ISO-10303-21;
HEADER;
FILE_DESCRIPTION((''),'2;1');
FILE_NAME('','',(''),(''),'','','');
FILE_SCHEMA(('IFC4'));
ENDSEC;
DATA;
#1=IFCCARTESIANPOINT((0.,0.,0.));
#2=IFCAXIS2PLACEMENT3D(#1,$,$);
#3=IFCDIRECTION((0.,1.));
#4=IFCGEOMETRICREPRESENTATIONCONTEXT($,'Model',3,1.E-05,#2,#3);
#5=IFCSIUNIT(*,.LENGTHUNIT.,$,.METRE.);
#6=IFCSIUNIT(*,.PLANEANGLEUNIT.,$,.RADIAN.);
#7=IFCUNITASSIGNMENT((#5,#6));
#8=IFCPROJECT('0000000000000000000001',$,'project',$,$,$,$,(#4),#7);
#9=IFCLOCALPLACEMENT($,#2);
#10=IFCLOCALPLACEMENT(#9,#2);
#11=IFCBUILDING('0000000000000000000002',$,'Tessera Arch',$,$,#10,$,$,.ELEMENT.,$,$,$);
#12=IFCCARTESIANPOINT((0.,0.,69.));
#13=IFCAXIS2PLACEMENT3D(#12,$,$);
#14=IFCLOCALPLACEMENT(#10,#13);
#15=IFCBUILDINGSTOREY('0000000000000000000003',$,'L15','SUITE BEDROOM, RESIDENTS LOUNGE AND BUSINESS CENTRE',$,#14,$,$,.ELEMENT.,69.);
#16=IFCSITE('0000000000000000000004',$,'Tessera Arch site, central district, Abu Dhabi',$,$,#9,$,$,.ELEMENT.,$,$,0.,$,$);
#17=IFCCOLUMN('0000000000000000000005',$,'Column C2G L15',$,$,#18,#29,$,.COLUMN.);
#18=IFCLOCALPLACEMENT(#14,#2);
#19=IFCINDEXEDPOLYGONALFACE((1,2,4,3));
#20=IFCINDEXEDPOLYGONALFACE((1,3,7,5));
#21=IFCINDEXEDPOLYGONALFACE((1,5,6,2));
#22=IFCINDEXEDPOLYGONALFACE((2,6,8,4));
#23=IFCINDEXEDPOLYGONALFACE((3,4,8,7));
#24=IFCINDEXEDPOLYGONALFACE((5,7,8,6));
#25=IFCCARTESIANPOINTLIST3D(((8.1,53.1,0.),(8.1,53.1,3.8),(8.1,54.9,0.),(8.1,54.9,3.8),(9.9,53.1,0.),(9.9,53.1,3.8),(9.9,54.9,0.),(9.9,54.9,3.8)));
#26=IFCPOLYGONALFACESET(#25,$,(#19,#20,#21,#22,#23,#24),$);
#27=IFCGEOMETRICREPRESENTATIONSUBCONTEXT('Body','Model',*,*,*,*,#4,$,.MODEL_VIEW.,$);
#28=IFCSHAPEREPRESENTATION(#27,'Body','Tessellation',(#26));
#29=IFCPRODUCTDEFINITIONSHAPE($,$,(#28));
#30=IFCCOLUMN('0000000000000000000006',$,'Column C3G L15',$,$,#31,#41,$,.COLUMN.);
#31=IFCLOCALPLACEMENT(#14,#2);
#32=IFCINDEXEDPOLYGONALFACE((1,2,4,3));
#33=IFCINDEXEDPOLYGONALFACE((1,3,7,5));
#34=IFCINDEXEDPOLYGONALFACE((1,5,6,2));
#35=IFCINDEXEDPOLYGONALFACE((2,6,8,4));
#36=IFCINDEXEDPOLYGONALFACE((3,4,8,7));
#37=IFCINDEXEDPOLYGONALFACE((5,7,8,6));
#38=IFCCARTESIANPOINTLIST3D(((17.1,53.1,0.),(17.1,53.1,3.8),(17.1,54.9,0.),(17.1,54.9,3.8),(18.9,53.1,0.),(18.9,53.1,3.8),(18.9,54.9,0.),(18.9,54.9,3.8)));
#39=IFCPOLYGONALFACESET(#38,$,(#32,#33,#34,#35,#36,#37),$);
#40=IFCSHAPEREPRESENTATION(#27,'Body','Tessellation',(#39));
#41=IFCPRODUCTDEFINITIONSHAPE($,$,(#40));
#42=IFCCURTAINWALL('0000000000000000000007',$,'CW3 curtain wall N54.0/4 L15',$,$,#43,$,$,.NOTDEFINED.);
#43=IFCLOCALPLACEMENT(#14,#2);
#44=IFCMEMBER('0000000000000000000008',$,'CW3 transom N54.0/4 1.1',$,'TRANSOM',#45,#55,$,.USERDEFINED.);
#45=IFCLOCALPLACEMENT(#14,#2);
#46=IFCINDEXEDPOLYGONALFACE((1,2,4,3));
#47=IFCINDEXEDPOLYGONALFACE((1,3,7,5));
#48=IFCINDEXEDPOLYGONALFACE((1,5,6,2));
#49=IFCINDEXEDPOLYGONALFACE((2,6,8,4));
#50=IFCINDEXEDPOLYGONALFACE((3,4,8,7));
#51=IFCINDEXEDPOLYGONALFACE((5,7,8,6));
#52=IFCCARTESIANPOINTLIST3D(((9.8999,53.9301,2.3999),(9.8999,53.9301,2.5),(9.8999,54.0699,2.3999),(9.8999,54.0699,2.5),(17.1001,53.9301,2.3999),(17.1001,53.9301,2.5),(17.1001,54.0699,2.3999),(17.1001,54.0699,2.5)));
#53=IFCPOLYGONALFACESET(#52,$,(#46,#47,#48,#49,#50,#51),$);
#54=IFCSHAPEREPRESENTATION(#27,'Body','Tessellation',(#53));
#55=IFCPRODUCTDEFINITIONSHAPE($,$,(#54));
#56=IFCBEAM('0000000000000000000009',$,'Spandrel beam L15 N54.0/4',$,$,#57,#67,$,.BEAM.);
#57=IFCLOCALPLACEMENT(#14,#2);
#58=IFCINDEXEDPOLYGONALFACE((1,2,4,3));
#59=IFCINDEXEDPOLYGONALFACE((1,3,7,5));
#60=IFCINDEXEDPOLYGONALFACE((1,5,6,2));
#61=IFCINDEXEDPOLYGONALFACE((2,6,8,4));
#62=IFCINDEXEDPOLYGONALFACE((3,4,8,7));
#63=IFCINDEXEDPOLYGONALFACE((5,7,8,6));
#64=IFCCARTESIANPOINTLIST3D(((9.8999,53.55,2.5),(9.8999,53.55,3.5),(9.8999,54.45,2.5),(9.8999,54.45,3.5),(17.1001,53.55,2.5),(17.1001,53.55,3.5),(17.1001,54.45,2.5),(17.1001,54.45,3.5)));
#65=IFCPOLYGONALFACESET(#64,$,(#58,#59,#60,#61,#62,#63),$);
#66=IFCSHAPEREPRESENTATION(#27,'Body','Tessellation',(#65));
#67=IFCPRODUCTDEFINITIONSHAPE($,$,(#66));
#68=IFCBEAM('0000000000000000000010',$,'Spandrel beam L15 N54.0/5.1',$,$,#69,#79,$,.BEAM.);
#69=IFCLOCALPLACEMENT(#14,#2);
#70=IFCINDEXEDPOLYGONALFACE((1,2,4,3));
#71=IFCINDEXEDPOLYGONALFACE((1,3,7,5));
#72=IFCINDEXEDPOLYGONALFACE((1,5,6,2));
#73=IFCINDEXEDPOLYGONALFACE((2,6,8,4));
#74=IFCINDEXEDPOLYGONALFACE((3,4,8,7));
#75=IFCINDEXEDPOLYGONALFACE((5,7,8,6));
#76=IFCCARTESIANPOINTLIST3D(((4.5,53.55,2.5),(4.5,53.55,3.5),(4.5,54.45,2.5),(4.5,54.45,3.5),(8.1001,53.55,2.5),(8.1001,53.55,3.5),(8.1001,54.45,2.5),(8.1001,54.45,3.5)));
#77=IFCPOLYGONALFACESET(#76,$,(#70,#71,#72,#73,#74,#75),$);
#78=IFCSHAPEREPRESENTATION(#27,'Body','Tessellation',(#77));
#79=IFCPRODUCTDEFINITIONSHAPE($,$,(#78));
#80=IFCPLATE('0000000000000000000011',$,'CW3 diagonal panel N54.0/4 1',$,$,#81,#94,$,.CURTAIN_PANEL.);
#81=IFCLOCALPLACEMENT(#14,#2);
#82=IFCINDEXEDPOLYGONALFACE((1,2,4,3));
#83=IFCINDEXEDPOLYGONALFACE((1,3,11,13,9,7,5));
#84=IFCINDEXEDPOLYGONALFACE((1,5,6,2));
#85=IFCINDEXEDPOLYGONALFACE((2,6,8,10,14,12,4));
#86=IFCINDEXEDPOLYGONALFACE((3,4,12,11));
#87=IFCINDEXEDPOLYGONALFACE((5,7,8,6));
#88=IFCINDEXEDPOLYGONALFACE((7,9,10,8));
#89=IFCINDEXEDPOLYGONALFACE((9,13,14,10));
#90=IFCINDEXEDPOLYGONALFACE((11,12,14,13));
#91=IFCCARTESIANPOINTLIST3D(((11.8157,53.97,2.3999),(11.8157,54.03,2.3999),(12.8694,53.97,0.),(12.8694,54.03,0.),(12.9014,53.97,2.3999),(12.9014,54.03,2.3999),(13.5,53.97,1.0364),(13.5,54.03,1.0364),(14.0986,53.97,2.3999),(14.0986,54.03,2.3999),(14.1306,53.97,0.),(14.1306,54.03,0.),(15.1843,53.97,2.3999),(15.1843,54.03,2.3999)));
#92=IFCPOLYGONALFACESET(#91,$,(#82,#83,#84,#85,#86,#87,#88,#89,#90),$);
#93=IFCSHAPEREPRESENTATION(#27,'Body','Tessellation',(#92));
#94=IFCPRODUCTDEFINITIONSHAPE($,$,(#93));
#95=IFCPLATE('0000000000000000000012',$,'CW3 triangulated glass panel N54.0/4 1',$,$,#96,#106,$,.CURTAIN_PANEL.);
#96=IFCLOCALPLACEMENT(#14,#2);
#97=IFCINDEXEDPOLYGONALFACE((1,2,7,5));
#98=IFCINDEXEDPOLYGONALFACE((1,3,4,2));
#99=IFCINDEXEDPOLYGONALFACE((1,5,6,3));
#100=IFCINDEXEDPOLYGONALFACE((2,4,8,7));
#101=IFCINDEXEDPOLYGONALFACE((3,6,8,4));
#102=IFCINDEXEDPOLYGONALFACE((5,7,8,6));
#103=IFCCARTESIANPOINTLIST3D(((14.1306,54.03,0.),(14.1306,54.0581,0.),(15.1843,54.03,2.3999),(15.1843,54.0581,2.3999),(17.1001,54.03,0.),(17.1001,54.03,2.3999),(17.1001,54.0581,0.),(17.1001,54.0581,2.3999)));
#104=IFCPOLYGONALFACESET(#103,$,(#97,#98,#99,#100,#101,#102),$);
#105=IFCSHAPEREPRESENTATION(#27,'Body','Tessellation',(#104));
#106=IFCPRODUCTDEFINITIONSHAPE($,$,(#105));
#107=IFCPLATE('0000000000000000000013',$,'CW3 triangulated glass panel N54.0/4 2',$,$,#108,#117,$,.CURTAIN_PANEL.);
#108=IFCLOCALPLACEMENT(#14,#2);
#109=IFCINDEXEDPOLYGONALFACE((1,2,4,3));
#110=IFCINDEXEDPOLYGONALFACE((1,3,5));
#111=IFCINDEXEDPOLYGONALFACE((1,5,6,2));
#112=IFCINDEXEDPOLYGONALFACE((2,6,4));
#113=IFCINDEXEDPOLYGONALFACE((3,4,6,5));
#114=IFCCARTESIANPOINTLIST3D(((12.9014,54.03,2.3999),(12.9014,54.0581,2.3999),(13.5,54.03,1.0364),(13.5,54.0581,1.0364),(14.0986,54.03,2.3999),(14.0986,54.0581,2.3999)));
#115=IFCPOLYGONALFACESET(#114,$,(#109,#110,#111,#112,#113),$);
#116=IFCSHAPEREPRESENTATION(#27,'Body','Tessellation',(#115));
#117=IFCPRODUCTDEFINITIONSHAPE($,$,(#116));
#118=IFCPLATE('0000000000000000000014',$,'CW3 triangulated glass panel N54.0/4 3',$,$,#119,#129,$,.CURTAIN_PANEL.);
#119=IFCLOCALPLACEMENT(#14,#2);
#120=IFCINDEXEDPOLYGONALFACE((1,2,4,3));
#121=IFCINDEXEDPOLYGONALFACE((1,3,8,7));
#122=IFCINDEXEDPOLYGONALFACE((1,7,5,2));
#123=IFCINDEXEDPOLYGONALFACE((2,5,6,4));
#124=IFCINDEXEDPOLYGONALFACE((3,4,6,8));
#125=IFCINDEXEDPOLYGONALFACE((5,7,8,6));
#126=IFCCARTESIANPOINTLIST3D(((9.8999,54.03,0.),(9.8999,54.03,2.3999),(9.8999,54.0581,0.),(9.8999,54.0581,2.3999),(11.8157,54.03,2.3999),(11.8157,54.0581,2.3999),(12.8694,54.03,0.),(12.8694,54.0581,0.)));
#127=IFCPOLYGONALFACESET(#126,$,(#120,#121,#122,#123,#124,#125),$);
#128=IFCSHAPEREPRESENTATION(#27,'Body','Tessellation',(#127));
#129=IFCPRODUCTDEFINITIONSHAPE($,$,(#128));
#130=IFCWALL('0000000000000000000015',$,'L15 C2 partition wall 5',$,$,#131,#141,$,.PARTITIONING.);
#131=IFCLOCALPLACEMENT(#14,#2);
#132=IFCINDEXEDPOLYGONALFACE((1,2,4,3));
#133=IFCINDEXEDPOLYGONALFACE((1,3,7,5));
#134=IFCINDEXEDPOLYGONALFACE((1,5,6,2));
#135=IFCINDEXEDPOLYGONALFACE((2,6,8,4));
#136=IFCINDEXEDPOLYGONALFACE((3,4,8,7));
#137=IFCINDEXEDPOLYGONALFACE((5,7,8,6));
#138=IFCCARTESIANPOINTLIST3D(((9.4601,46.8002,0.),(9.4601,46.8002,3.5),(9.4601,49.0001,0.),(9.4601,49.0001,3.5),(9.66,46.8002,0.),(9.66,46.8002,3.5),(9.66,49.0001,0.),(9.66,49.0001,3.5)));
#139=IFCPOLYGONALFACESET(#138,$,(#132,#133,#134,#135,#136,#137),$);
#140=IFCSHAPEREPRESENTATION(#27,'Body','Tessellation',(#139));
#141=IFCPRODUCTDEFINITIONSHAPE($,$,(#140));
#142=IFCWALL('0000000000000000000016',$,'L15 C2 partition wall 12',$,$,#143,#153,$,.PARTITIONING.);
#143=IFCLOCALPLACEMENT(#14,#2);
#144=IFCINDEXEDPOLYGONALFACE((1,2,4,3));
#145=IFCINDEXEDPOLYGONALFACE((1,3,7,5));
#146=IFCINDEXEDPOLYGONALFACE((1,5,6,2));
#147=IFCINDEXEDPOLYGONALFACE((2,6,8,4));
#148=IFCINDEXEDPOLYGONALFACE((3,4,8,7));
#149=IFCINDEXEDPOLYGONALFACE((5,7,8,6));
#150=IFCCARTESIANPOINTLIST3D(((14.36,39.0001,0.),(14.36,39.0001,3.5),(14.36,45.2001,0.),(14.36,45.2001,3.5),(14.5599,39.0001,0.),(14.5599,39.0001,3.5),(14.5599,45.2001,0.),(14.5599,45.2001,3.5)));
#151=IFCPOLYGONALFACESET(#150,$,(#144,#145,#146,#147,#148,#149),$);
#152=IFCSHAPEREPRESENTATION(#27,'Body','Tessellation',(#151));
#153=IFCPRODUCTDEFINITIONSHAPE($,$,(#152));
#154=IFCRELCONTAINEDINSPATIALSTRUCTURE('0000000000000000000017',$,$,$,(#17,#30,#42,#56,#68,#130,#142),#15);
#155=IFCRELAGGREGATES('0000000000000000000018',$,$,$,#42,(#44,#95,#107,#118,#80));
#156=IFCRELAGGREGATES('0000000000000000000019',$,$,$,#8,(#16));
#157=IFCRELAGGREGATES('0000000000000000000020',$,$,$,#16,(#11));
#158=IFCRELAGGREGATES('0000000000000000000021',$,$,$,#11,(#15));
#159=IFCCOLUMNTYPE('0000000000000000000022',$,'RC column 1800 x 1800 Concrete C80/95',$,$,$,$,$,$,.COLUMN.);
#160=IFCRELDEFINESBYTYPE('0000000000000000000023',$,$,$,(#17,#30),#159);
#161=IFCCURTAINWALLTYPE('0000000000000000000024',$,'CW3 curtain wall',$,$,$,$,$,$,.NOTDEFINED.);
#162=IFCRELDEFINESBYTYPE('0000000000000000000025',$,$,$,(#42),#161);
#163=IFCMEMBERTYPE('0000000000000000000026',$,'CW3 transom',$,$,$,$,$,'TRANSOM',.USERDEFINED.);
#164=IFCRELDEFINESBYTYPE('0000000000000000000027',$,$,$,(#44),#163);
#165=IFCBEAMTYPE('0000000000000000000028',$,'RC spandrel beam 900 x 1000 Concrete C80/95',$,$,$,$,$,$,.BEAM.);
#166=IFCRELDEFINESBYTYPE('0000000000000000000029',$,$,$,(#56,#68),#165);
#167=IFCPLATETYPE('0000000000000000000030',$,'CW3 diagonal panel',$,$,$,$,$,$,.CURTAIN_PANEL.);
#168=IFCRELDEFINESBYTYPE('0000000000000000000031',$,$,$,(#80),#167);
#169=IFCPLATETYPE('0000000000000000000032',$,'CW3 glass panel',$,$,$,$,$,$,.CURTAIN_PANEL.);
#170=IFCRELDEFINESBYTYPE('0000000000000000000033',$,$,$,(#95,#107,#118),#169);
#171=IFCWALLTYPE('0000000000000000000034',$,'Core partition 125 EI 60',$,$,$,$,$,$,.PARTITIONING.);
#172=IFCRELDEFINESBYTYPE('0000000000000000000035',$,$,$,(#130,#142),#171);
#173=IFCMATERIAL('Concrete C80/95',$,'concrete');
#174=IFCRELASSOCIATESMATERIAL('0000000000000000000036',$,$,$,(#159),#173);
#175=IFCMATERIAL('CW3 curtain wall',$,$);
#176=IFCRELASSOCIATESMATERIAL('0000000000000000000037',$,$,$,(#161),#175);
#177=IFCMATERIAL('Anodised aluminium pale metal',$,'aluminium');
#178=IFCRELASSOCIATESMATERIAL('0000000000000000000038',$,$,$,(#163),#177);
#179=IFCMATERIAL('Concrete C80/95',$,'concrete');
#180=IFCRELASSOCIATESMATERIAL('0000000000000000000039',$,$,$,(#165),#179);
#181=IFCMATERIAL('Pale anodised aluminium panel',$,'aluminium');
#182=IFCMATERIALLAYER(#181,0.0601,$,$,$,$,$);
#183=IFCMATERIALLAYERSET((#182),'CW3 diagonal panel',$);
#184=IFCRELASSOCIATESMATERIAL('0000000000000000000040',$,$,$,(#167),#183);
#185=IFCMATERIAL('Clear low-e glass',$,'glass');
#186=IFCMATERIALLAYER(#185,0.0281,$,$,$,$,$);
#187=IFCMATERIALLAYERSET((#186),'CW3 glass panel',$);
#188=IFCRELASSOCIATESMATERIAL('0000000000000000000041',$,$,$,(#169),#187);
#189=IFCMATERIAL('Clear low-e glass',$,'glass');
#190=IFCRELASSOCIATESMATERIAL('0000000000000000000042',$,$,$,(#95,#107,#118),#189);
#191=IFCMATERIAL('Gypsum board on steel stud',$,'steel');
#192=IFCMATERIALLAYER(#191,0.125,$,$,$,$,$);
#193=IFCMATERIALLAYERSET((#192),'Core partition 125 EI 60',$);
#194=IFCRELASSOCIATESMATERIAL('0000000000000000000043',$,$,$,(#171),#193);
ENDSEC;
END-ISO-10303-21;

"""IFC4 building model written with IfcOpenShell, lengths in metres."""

from ifc_helpers import new_model, si_unit, direction, frame, frame_2d, origin, origin_2d, place, context, subcontext, project, spatial, polyline, rectangle, outline, extrude, material, layer, layer_set, material_profile, profile_set, type_object, element, aggregate, save


model = new_model("IFC4")

# Units and contexts
model_context = context("Model", 3, precision=1e-05, world=origin(), true_north=direction((0.0, 1.0)))
body_context = subcontext(model_context, "Body", "Model", "MODEL_VIEW")
ifc_project = project(units=[si_unit("LENGTHUNIT", "METRE"), si_unit("PLANEANGLEUNIT", "RADIAN")], contexts=[model_context])

# Site, building, storey
site_placement = place(None, origin())
site = spatial("IfcSite", under=ifc_project, at=site_placement, Name="Tessera Arch site, central district, Abu Dhabi", CompositionType="ELEMENT", RefElevation=0.0)
building_placement = place(site_placement, origin())
building = spatial("IfcBuilding", under=site, at=building_placement, Name="Tessera Arch", CompositionType="ELEMENT")
storey_placement = place(building_placement, frame((0.0, 0.0, 69.0)))
storey = spatial("IfcBuildingStorey", under=building, at=storey_placement, Name="L15", Description="SUITE BEDROOM, RESIDENTS LOUNGE AND BUSINESS CENTRE", CompositionType="ELEMENT", Elevation=69.0)

# Columns
ifc_material_1 = material(Name="Concrete C80/95", Category="concrete")
ifc_material_profile_1 = material_profile(ifc_material_1, rectangle(XDim=1.8, YDim=1.8, at=origin_2d()), Name="RC column 1800 x 1800 Concrete C80/95")
ifc_profile_set_1 = profile_set([ifc_material_profile_1], Name="Concrete C80/95")
column_type = type_object("IfcColumnType", Name="RC column 1800 x 1800 Concrete C80/95", PredefinedType="COLUMN", material=ifc_profile_set_1)
for number, where, z_axis, x_axis, name in (
    (1, (9.0, 54.0, 0.0), (0.0, 0.0, 1.0), (1.0, 0.0, 0.0), "Column C2G L15"),
    (2, (18.0, 54.0, 0.0), (0.0, 0.0, 1.0), (1.0, 0.0, 0.0), "Column C3G L15"),
):
    element("IfcColumn", number, at=place(storey_placement, frame(where, z_axis=z_axis, x_axis=x_axis)), inside=storey, type_object=column_type, Name=name, PredefinedType="COLUMN", context=body_context, shape_type="SweptSolid", body=[
        extrude(rectangle(XDim=1.8, YDim=1.8, at=origin_2d()), origin(), (0.0, 0.0, 1.0), 3.8),
    ])

# Curtain wall, member
ifc_material_2 = material(Name="CW3 curtain wall")
curtain_wall_type = type_object("IfcCurtainWallType", Name="CW3 curtain wall", PredefinedType="NOTDEFINED", material=ifc_material_2)
curtain_wall_placement = place(storey_placement, origin())
curtain_wall = element("IfcCurtainWall", 3, at=curtain_wall_placement, inside=storey, type_object=curtain_wall_type, Name="CW3 curtain wall N54.0/4 L15", PredefinedType="NOTDEFINED")
ifc_material_3 = material(Name="Anodised aluminium pale metal", Category="aluminium")
ifc_material_profile_2 = material_profile(ifc_material_3, rectangle(XDim=0.1399, YDim=0.1001, at=origin_2d()), Name="AL 140x100")
ifc_profile_set_2 = profile_set([ifc_material_profile_2], Name="Anodised aluminium pale metal")
member_type = type_object("IfcMemberType", Name="CW3 transom", ElementType="TRANSOM", PredefinedType="USERDEFINED", material=ifc_profile_set_2)
member_placement = place(storey_placement, frame((17.1001, 54.0, 2.45), z_axis=(-1.0, 0.0, 0.0), x_axis=(0.0, -1.0, 0.0)))
member = element("IfcMember", 4, at=member_placement, type_object=member_type, Name="CW3 transom N54.0/4 1.1", ObjectType="TRANSOM", PredefinedType="USERDEFINED", context=body_context, shape_type="SweptSolid", body=[
    extrude(rectangle(XDim=0.1399, YDim=0.1001, at=origin_2d()), origin(), (0.0, 0.0, 1.0), 7.2002),
])

# Beams
ifc_material_4 = material(Name="Concrete C80/95", Category="concrete")
ifc_material_profile_3 = material_profile(ifc_material_4, rectangle(XDim=0.8999, YDim=1.0, at=origin_2d()), Name="RC spandrel beam 900 x 1000 Concrete C80/95")
ifc_profile_set_3 = profile_set([ifc_material_profile_3], Name="Concrete C80/95")
beam_type = type_object("IfcBeamType", Name="RC spandrel beam 900 x 1000 Concrete C80/95", PredefinedType="BEAM", material=ifc_profile_set_3)
beam_1_placement = place(storey_placement, frame((17.1001, 54.0, 3.0), z_axis=(-1.0, 0.0, 0.0), x_axis=(0.0, -1.0, 0.0)))
element("IfcBeam", 5, at=beam_1_placement, inside=storey, type_object=beam_type, Name="Spandrel beam L15 N54.0/4", PredefinedType="BEAM", context=body_context, shape_type="SweptSolid", body=[
    extrude(rectangle(XDim=0.8999, YDim=1.0, at=origin_2d()), origin(), (0.0, 0.0, 1.0), 7.2002),
])
beam_2_placement = place(storey_placement, frame((8.1001, 54.0, 3.0), z_axis=(-1.0, 0.0, 0.0), x_axis=(0.0, -1.0, 0.0)))
element("IfcBeam", 6, at=beam_2_placement, inside=storey, type_object=beam_type, Name="Spandrel beam L15 N54.0/5.1", PredefinedType="BEAM", context=body_context, shape_type="SweptSolid", body=[
    extrude(rectangle(XDim=0.8999, YDim=1.0, at=origin_2d()), origin(), (0.0, 0.0, 1.0), 3.6001),
])

# Plates
ifc_material_5 = material(Name="Pale anodised aluminium panel", Category="aluminium")
ifc_layer_1 = layer(ifc_material_5, 0.0601)
ifc_layer_set_1 = layer_set([ifc_layer_1], Name="CW3 diagonal panel")
plate_type_1 = type_object("IfcPlateType", Name="CW3 diagonal panel", PredefinedType="CURTAIN_PANEL", material=ifc_layer_set_1)
plate_1_placement = place(storey_placement, frame((11.8157, 54.03, 2.3999), z_axis=(0.0, 1.0, 0.0), x_axis=(1.0, 0.0, 0.0)))
plate_1 = element("IfcPlate", 7, at=plate_1_placement, type_object=plate_type_1, Name="CW3 diagonal panel N54.0/4 1", PredefinedType="CURTAIN_PANEL", context=body_context, shape_type="SweptSolid", body=[
    extrude(outline(polyline([(0.0, 0.0), (1.0857, 0.0), (1.6843, 1.3635), (2.283, 0.0), (3.3687, 0.0), (2.3149, 2.3999), (1.0537, 2.3999), (0.0, 0.0)])), origin(), (0.0, 0.0, -1.0), 0.0601),
])
ifc_material_6 = material(Name="Clear low-e glass", Category="glass")
ifc_material_7 = material(Name="Clear low-e glass", Category="glass")
ifc_layer_2 = layer(ifc_material_7, 0.0281)
ifc_layer_set_2 = layer_set([ifc_layer_2], Name="CW3 glass panel")
plate_type_2 = type_object("IfcPlateType", Name="CW3 glass panel", PredefinedType="CURTAIN_PANEL", material=ifc_layer_set_2)
plate_2_placement = place(storey_placement, frame((17.1001, 54.0581, 0.0), z_axis=(0.0, 1.0, 0.0), x_axis=(-1.0, 0.0, 0.0)))
plate_2 = element("IfcPlate", 8, at=plate_2_placement, type_object=plate_type_2, material=ifc_material_6, Name="CW3 triangulated glass panel N54.0/4 1", PredefinedType="CURTAIN_PANEL", context=body_context, shape_type="SweptSolid", body=[
    extrude(outline(polyline([(0.0, 0.0), (2.9695, 0.0), (1.9158, 2.3999), (0.0, 2.3999), (0.0, 0.0)])), origin(), (0.0, 0.0, -1.0), 0.0281),
])
plate_3_placement = place(storey_placement, frame((12.9014, 54.0581, 2.3999), z_axis=(0.0, 1.0, 0.0), x_axis=(1.0, 0.0, 0.0)))
plate_3 = element("IfcPlate", 9, at=plate_3_placement, type_object=plate_type_2, material=ifc_material_6, Name="CW3 triangulated glass panel N54.0/4 2", PredefinedType="CURTAIN_PANEL", context=body_context, shape_type="SweptSolid", body=[
    extrude(outline(polyline([(0.0, 0.0), (1.1973, 0.0), (0.5986, 1.3635), (0.0, 0.0)])), origin(), (0.0, 0.0, -1.0), 0.0281),
])
plate_4_placement = place(storey_placement, frame((9.8999, 54.0581, 2.3999), z_axis=(0.0, 1.0, 0.0), x_axis=(1.0, 0.0, 0.0)))
plate_4 = element("IfcPlate", 10, at=plate_4_placement, type_object=plate_type_2, material=ifc_material_6, Name="CW3 triangulated glass panel N54.0/4 3", PredefinedType="CURTAIN_PANEL", context=body_context, shape_type="SweptSolid", body=[
    extrude(outline(polyline([(0.0, 0.0), (1.9158, 0.0), (2.9695, 2.3999), (0.0, 2.3999), (0.0, 0.0)])), origin(), (0.0, 0.0, -1.0), 0.0281),
])
aggregate(curtain_wall, [member, plate_2, plate_3, plate_4, plate_1])

# Walls
ifc_material_8 = material(Name="Gypsum board on steel stud", Category="steel")
ifc_layer_3 = layer(ifc_material_8, 0.125)
ifc_layer_set_3 = layer_set([ifc_layer_3], Name="Core partition 125 EI 60")
wall_type_1 = type_object("IfcWallType", Name="Core partition 125 EI 60", PredefinedType="PARTITIONING", material=ifc_layer_set_3)
wall_1_placement = place(storey_placement, frame((9.5601, 46.8, 0.0), z_axis=(0.0, 0.0, 1.0), x_axis=(0.0, 1.0, 0.0)))
element("IfcWall", 11, at=wall_1_placement, inside=storey, type_object=wall_type_1, Name="L15 C2 partition wall 5", PredefinedType="PARTITIONING", context=body_context, shape_type="SweptSolid", body=[
    extrude(rectangle(XDim=2.2, YDim=0.2, at=frame_2d((1.1001, 0.0))), origin(), (0.0, 0.0, 1.0), 3.5),
])
wall_2_placement = place(storey_placement, frame((14.46, 39.0, 0.0), z_axis=(0.0, 0.0, 1.0), x_axis=(0.0, 1.0, 0.0)))
element("IfcWall", 12, at=wall_2_placement, inside=storey, type_object=wall_type_1, Name="L15 C2 partition wall 12", PredefinedType="PARTITIONING", context=body_context, shape_type="SweptSolid", body=[
    extrude(rectangle(XDim=6.2, YDim=0.2, at=frame_2d((3.1001, 0.0))), origin(), (0.0, 0.0, 1.0), 3.5),
])

save(model, "model.ifc")
